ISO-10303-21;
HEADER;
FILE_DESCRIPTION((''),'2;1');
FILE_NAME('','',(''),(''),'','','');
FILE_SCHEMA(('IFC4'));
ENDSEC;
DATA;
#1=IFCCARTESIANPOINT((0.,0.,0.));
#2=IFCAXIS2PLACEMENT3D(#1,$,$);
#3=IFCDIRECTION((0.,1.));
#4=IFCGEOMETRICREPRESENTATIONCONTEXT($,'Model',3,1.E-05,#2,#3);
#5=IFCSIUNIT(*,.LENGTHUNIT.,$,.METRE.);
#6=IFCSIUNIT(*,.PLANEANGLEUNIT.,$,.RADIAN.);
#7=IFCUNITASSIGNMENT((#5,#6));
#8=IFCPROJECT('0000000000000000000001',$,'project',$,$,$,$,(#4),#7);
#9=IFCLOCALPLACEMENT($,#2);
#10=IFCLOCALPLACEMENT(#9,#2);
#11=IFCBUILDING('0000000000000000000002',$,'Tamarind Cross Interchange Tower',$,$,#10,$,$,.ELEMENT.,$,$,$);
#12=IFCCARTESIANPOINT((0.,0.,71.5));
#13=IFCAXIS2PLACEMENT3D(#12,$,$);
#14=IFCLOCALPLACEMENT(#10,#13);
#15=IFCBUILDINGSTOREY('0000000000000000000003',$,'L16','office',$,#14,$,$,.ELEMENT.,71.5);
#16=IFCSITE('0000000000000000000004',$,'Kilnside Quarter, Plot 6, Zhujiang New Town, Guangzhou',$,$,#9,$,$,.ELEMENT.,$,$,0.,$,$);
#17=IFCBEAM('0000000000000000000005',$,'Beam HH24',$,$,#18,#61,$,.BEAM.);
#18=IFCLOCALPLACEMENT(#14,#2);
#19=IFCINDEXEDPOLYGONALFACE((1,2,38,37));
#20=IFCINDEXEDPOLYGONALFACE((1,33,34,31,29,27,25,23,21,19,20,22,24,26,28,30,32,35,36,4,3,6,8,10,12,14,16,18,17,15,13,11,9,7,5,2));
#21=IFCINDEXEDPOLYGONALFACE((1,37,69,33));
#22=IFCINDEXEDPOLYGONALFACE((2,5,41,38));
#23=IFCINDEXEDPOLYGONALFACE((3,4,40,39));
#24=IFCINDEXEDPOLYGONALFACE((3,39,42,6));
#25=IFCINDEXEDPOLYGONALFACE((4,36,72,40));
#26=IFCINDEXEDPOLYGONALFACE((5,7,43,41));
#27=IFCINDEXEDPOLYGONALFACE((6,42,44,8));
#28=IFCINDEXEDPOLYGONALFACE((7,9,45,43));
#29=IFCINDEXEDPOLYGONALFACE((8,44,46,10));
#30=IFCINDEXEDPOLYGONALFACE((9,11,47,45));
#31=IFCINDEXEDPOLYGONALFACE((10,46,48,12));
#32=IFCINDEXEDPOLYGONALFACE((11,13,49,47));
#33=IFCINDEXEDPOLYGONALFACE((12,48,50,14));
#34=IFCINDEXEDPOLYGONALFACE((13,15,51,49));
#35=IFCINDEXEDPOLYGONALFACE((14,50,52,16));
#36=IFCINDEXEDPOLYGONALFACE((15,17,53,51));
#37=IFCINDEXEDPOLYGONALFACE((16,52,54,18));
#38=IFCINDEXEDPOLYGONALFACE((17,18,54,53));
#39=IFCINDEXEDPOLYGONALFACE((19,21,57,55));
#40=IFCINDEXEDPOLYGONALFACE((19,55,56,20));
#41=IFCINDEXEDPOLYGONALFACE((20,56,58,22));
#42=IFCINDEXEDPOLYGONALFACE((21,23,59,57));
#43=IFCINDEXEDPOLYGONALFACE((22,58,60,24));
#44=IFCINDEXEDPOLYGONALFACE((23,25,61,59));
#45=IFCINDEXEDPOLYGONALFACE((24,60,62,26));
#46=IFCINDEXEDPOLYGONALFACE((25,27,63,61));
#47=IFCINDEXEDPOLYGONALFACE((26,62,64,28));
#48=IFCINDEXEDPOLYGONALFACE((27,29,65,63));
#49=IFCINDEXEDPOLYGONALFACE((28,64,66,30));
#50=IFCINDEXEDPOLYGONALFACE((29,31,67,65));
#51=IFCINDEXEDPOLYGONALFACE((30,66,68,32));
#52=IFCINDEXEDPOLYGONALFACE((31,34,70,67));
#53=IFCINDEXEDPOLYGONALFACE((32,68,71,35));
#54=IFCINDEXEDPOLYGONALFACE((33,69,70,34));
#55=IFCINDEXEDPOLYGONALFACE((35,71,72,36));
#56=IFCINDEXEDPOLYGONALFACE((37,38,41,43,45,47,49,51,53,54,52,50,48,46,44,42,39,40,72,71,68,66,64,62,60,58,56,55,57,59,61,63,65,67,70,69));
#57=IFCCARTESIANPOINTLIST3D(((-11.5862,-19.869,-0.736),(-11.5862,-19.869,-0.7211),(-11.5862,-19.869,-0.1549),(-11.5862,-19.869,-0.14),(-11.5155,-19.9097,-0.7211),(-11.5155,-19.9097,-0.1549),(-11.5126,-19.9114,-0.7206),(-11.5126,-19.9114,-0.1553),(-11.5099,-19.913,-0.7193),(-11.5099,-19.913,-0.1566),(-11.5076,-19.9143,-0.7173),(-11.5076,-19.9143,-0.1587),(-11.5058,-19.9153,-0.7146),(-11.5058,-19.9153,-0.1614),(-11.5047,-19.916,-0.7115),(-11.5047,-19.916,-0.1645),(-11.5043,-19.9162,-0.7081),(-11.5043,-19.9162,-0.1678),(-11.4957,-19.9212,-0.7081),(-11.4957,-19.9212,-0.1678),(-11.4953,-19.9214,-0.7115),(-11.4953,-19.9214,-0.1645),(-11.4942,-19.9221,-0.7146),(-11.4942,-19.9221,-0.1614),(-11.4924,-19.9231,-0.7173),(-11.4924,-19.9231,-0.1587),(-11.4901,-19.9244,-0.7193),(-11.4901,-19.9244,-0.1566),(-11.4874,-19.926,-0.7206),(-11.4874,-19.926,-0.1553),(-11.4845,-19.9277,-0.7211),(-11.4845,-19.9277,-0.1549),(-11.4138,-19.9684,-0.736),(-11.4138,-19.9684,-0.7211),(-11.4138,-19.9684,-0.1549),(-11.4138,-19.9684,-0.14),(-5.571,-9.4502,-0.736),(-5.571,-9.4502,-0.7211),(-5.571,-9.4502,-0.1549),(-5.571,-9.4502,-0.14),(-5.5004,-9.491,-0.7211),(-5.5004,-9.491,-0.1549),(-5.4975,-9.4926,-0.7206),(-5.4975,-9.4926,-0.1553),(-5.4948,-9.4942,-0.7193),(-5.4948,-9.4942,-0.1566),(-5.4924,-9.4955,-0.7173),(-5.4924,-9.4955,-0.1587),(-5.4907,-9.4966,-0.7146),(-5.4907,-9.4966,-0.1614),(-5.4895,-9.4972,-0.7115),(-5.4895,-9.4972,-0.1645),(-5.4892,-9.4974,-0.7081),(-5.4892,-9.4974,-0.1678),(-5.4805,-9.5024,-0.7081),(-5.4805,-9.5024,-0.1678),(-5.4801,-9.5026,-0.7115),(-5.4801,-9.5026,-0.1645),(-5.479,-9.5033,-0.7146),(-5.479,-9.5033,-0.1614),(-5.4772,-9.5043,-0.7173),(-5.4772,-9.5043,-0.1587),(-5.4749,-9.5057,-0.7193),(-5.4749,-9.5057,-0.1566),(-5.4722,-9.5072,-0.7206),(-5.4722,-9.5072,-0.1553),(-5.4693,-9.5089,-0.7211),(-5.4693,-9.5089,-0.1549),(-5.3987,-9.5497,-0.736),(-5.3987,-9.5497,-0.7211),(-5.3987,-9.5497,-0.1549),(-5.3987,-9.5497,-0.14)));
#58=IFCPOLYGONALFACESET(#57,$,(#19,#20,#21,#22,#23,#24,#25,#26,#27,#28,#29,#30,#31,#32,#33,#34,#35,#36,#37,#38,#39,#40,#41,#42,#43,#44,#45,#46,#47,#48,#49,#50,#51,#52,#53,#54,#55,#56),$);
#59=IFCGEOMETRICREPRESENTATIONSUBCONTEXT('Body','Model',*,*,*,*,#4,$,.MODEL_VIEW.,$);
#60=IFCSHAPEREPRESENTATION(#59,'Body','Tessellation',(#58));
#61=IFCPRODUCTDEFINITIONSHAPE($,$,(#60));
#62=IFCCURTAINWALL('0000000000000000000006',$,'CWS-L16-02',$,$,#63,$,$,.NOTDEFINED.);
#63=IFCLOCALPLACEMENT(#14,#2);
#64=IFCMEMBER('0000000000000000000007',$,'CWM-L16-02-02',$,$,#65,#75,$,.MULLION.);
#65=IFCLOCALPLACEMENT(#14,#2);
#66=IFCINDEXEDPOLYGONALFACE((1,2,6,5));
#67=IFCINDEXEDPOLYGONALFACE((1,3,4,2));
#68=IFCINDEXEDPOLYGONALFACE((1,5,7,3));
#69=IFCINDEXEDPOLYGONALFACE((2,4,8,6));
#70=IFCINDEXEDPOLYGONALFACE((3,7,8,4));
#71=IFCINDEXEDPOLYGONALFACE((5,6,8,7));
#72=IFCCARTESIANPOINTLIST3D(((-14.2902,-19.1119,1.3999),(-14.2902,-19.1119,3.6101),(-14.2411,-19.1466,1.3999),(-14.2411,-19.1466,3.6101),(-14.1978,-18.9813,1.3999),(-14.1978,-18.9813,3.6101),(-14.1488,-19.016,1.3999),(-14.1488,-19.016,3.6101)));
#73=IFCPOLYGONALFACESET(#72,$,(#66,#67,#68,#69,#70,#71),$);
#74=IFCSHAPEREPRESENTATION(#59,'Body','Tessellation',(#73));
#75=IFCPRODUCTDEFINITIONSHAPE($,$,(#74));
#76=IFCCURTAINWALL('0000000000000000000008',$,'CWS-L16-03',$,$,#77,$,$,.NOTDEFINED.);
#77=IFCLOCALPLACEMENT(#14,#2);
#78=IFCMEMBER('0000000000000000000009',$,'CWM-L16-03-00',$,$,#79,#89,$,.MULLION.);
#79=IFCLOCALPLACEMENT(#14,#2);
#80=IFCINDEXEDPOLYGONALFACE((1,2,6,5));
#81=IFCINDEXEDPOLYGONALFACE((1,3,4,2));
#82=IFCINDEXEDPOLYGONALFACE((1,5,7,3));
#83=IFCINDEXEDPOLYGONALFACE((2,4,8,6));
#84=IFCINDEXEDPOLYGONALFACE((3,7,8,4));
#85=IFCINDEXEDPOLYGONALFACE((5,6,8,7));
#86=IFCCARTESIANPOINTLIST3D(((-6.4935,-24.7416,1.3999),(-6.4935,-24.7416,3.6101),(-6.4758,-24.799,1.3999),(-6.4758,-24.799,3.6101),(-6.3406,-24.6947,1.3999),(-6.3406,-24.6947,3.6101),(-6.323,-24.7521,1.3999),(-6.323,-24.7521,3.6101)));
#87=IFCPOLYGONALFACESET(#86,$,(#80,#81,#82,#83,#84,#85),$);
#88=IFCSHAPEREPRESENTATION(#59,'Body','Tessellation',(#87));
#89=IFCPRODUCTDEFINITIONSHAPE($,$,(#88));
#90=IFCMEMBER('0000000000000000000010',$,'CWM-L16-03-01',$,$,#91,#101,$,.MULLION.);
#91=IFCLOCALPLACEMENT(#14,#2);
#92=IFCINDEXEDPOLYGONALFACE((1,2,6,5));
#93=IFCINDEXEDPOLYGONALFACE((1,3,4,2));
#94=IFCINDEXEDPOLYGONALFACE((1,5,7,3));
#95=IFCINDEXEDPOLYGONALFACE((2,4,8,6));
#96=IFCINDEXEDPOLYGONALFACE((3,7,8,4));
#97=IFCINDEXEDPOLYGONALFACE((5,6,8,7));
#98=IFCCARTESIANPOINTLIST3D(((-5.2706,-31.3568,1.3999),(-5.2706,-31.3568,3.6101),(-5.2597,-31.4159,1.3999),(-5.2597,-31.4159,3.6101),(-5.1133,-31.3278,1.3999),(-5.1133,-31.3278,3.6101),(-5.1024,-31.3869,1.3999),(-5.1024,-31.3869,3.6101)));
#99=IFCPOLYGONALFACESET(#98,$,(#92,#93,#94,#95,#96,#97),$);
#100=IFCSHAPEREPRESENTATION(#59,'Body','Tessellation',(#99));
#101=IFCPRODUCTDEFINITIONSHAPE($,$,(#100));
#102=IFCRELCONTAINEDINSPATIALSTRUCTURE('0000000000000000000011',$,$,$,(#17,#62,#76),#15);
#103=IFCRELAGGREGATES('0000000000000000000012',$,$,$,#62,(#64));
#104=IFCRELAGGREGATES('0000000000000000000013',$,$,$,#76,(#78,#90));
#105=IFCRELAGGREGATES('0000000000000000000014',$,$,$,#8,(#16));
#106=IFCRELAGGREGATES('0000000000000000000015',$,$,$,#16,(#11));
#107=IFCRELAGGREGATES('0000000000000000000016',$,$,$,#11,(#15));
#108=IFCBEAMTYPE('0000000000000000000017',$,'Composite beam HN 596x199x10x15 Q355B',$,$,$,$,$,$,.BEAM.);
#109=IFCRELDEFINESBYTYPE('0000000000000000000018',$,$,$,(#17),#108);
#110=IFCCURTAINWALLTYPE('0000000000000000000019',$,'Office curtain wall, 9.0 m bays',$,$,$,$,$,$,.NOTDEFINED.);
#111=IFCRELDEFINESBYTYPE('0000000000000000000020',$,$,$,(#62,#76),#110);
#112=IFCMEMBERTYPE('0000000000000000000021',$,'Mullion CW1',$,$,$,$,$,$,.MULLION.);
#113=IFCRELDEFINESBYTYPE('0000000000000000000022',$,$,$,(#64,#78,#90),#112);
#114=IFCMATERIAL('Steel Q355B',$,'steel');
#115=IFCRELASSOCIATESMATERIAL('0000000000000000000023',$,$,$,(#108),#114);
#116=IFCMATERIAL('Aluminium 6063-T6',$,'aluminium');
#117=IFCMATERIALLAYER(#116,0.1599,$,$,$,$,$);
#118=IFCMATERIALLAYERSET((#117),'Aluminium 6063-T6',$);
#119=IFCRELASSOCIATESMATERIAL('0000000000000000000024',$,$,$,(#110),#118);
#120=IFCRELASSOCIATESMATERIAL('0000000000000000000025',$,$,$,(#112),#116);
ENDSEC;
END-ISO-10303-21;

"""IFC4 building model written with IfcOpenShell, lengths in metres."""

from ifc_helpers import new_model, si_unit, direction, frame, origin, origin_2d, place, context, subcontext, project, spatial, rectangle, i_section, extrude, material, layer, layer_set, material_profile, profile_set, type_object, element, aggregate, save


model = new_model("IFC4")

# Units and contexts
model_context = context("Model", 3, precision=1e-05, world=origin(), true_north=direction((0.0, 1.0)))
body_context = subcontext(model_context, "Body", "Model", "MODEL_VIEW")
ifc_project = project(units=[si_unit("LENGTHUNIT", "METRE"), si_unit("PLANEANGLEUNIT", "RADIAN")], contexts=[model_context])

# Site, building, storey
site_placement = place(None, origin())
site = spatial("IfcSite", under=ifc_project, at=site_placement, Name="Kilnside Quarter, Plot 6, Zhujiang New Town, Guangzhou", CompositionType="ELEMENT", RefElevation=0.0)
building_placement = place(site_placement, origin())
building = spatial("IfcBuilding", under=site, at=building_placement, Name="Tamarind Cross Interchange Tower", CompositionType="ELEMENT")
storey_placement = place(building_placement, frame((0.0, 0.0, 71.5)))
storey = spatial("IfcBuildingStorey", under=building, at=storey_placement, Name="L16", Description="office", CompositionType="ELEMENT", Elevation=71.5)

# Beam
ifc_material_1 = material(Name="Steel Q355B", Category="steel")
ifc_material_profile_1 = material_profile(ifc_material_1, i_section(OverallWidth=0.199, OverallDepth=0.5959, WebThickness=0.01, FlangeThickness=0.0149, FilletRadius=0.0129, at=origin_2d()), Name="HN 596x199x10x15")
ifc_profile_set_1 = profile_set([ifc_material_profile_1], Name="Steel Q355B")
beam_type = type_object("IfcBeamType", Name="Composite beam HN 596x199x10x15 Q355B", PredefinedType="BEAM", material=ifc_profile_set_1)
beam_1_placement = place(storey_placement, frame((-11.5, -19.9187, -0.438), z_axis=(0.499994, 0.866029, 0.0), x_axis=(-0.866029, 0.499994, 0.0)))
element("IfcBeam", 1, at=beam_1_placement, inside=storey, type_object=beam_type, Name="Beam HH24", PredefinedType="BEAM", context=body_context, shape_type="SweptSolid", body=[
    extrude(i_section(OverallWidth=0.199, OverallDepth=0.5959, WebThickness=0.01, FlangeThickness=0.0149, FilletRadius=0.0129, at=origin_2d()), origin(), (0.0, 0.0, 1.0), 12.0305),
])

# Curtain wall, member
ifc_material_2 = material(Name="Aluminium 6063-T6", Category="aluminium")
ifc_layer_1 = layer(ifc_material_2, 0.1599)
ifc_layer_set_1 = layer_set([ifc_layer_1], Name="Aluminium 6063-T6")
curtain_wall_type = type_object("IfcCurtainWallType", Name="Office curtain wall, 9.0 m bays", PredefinedType="NOTDEFINED", material=ifc_layer_set_1)
curtain_wall_1_placement = place(storey_placement, origin())
curtain_wall_1 = element("IfcCurtainWall", 2, at=curtain_wall_1_placement, inside=storey, type_object=curtain_wall_type, Name="CWS-L16-02", PredefinedType="NOTDEFINED")
ifc_material_profile_2 = material_profile(ifc_material_2, rectangle(XDim=0.0601, YDim=0.1599, at=origin_2d()), Name="Mullion CW1")
ifc_profile_set_2 = profile_set([ifc_material_profile_2], Name="Aluminium 6063-T6")
member_type = type_object("IfcMemberType", Name="Mullion CW1", PredefinedType="MULLION", material=ifc_profile_set_2)
member_1_placement = place(storey_placement, frame((-14.2195, -19.064, 1.3999), z_axis=(0.0, 0.0, 1.0), x_axis=(0.816342, -0.577569, 0.0)))
member_1 = element("IfcMember", 3, at=member_1_placement, type_object=member_type, Name="CWM-L16-02-02", PredefinedType="MULLION", context=body_context, shape_type="SweptSolid", body=[
    extrude(rectangle(XDim=0.0601, YDim=0.1599, at=origin_2d()), origin(), (0.0, 0.0, 1.0), 2.2102),
])
aggregate(curtain_wall_1, [member_1])

# Curtain wall, members
curtain_wall_2_placement = place(storey_placement, origin())
curtain_wall_2 = element("IfcCurtainWall", 4, at=curtain_wall_2_placement, inside=storey, type_object=curtain_wall_type, Name="CWS-L16-03", PredefinedType="NOTDEFINED")
member_2_placement = place(storey_placement, frame((-6.4082, -24.7468, 1.3999), z_axis=(0.0, 0.0, 1.0), x_axis=(0.293403, -0.955989, 0.0)))
member_2 = element("IfcMember", 5, at=member_2_placement, type_object=member_type, Name="CWM-L16-03-00", PredefinedType="MULLION", context=body_context, shape_type="SweptSolid", body=[
    extrude(rectangle(XDim=0.0601, YDim=0.1599, at=origin_2d()), origin(), (0.0, 0.0, 1.0), 2.2102),
])
member_3_placement = place(storey_placement, frame((-5.1865, -31.3718, 1.3999), z_axis=(0.0, 0.0, 1.0), x_axis=(0.181343, -0.98342, 0.0)))
member_3 = element("IfcMember", 6, at=member_3_placement, type_object=member_type, Name="CWM-L16-03-01", PredefinedType="MULLION", context=body_context, shape_type="SweptSolid", body=[
    extrude(rectangle(XDim=0.0601, YDim=0.1599, at=origin_2d()), origin(), (0.0, 0.0, 1.0), 2.2102),
])
aggregate(curtain_wall_2, [member_2, member_3])

save(model, "model.ifc")
